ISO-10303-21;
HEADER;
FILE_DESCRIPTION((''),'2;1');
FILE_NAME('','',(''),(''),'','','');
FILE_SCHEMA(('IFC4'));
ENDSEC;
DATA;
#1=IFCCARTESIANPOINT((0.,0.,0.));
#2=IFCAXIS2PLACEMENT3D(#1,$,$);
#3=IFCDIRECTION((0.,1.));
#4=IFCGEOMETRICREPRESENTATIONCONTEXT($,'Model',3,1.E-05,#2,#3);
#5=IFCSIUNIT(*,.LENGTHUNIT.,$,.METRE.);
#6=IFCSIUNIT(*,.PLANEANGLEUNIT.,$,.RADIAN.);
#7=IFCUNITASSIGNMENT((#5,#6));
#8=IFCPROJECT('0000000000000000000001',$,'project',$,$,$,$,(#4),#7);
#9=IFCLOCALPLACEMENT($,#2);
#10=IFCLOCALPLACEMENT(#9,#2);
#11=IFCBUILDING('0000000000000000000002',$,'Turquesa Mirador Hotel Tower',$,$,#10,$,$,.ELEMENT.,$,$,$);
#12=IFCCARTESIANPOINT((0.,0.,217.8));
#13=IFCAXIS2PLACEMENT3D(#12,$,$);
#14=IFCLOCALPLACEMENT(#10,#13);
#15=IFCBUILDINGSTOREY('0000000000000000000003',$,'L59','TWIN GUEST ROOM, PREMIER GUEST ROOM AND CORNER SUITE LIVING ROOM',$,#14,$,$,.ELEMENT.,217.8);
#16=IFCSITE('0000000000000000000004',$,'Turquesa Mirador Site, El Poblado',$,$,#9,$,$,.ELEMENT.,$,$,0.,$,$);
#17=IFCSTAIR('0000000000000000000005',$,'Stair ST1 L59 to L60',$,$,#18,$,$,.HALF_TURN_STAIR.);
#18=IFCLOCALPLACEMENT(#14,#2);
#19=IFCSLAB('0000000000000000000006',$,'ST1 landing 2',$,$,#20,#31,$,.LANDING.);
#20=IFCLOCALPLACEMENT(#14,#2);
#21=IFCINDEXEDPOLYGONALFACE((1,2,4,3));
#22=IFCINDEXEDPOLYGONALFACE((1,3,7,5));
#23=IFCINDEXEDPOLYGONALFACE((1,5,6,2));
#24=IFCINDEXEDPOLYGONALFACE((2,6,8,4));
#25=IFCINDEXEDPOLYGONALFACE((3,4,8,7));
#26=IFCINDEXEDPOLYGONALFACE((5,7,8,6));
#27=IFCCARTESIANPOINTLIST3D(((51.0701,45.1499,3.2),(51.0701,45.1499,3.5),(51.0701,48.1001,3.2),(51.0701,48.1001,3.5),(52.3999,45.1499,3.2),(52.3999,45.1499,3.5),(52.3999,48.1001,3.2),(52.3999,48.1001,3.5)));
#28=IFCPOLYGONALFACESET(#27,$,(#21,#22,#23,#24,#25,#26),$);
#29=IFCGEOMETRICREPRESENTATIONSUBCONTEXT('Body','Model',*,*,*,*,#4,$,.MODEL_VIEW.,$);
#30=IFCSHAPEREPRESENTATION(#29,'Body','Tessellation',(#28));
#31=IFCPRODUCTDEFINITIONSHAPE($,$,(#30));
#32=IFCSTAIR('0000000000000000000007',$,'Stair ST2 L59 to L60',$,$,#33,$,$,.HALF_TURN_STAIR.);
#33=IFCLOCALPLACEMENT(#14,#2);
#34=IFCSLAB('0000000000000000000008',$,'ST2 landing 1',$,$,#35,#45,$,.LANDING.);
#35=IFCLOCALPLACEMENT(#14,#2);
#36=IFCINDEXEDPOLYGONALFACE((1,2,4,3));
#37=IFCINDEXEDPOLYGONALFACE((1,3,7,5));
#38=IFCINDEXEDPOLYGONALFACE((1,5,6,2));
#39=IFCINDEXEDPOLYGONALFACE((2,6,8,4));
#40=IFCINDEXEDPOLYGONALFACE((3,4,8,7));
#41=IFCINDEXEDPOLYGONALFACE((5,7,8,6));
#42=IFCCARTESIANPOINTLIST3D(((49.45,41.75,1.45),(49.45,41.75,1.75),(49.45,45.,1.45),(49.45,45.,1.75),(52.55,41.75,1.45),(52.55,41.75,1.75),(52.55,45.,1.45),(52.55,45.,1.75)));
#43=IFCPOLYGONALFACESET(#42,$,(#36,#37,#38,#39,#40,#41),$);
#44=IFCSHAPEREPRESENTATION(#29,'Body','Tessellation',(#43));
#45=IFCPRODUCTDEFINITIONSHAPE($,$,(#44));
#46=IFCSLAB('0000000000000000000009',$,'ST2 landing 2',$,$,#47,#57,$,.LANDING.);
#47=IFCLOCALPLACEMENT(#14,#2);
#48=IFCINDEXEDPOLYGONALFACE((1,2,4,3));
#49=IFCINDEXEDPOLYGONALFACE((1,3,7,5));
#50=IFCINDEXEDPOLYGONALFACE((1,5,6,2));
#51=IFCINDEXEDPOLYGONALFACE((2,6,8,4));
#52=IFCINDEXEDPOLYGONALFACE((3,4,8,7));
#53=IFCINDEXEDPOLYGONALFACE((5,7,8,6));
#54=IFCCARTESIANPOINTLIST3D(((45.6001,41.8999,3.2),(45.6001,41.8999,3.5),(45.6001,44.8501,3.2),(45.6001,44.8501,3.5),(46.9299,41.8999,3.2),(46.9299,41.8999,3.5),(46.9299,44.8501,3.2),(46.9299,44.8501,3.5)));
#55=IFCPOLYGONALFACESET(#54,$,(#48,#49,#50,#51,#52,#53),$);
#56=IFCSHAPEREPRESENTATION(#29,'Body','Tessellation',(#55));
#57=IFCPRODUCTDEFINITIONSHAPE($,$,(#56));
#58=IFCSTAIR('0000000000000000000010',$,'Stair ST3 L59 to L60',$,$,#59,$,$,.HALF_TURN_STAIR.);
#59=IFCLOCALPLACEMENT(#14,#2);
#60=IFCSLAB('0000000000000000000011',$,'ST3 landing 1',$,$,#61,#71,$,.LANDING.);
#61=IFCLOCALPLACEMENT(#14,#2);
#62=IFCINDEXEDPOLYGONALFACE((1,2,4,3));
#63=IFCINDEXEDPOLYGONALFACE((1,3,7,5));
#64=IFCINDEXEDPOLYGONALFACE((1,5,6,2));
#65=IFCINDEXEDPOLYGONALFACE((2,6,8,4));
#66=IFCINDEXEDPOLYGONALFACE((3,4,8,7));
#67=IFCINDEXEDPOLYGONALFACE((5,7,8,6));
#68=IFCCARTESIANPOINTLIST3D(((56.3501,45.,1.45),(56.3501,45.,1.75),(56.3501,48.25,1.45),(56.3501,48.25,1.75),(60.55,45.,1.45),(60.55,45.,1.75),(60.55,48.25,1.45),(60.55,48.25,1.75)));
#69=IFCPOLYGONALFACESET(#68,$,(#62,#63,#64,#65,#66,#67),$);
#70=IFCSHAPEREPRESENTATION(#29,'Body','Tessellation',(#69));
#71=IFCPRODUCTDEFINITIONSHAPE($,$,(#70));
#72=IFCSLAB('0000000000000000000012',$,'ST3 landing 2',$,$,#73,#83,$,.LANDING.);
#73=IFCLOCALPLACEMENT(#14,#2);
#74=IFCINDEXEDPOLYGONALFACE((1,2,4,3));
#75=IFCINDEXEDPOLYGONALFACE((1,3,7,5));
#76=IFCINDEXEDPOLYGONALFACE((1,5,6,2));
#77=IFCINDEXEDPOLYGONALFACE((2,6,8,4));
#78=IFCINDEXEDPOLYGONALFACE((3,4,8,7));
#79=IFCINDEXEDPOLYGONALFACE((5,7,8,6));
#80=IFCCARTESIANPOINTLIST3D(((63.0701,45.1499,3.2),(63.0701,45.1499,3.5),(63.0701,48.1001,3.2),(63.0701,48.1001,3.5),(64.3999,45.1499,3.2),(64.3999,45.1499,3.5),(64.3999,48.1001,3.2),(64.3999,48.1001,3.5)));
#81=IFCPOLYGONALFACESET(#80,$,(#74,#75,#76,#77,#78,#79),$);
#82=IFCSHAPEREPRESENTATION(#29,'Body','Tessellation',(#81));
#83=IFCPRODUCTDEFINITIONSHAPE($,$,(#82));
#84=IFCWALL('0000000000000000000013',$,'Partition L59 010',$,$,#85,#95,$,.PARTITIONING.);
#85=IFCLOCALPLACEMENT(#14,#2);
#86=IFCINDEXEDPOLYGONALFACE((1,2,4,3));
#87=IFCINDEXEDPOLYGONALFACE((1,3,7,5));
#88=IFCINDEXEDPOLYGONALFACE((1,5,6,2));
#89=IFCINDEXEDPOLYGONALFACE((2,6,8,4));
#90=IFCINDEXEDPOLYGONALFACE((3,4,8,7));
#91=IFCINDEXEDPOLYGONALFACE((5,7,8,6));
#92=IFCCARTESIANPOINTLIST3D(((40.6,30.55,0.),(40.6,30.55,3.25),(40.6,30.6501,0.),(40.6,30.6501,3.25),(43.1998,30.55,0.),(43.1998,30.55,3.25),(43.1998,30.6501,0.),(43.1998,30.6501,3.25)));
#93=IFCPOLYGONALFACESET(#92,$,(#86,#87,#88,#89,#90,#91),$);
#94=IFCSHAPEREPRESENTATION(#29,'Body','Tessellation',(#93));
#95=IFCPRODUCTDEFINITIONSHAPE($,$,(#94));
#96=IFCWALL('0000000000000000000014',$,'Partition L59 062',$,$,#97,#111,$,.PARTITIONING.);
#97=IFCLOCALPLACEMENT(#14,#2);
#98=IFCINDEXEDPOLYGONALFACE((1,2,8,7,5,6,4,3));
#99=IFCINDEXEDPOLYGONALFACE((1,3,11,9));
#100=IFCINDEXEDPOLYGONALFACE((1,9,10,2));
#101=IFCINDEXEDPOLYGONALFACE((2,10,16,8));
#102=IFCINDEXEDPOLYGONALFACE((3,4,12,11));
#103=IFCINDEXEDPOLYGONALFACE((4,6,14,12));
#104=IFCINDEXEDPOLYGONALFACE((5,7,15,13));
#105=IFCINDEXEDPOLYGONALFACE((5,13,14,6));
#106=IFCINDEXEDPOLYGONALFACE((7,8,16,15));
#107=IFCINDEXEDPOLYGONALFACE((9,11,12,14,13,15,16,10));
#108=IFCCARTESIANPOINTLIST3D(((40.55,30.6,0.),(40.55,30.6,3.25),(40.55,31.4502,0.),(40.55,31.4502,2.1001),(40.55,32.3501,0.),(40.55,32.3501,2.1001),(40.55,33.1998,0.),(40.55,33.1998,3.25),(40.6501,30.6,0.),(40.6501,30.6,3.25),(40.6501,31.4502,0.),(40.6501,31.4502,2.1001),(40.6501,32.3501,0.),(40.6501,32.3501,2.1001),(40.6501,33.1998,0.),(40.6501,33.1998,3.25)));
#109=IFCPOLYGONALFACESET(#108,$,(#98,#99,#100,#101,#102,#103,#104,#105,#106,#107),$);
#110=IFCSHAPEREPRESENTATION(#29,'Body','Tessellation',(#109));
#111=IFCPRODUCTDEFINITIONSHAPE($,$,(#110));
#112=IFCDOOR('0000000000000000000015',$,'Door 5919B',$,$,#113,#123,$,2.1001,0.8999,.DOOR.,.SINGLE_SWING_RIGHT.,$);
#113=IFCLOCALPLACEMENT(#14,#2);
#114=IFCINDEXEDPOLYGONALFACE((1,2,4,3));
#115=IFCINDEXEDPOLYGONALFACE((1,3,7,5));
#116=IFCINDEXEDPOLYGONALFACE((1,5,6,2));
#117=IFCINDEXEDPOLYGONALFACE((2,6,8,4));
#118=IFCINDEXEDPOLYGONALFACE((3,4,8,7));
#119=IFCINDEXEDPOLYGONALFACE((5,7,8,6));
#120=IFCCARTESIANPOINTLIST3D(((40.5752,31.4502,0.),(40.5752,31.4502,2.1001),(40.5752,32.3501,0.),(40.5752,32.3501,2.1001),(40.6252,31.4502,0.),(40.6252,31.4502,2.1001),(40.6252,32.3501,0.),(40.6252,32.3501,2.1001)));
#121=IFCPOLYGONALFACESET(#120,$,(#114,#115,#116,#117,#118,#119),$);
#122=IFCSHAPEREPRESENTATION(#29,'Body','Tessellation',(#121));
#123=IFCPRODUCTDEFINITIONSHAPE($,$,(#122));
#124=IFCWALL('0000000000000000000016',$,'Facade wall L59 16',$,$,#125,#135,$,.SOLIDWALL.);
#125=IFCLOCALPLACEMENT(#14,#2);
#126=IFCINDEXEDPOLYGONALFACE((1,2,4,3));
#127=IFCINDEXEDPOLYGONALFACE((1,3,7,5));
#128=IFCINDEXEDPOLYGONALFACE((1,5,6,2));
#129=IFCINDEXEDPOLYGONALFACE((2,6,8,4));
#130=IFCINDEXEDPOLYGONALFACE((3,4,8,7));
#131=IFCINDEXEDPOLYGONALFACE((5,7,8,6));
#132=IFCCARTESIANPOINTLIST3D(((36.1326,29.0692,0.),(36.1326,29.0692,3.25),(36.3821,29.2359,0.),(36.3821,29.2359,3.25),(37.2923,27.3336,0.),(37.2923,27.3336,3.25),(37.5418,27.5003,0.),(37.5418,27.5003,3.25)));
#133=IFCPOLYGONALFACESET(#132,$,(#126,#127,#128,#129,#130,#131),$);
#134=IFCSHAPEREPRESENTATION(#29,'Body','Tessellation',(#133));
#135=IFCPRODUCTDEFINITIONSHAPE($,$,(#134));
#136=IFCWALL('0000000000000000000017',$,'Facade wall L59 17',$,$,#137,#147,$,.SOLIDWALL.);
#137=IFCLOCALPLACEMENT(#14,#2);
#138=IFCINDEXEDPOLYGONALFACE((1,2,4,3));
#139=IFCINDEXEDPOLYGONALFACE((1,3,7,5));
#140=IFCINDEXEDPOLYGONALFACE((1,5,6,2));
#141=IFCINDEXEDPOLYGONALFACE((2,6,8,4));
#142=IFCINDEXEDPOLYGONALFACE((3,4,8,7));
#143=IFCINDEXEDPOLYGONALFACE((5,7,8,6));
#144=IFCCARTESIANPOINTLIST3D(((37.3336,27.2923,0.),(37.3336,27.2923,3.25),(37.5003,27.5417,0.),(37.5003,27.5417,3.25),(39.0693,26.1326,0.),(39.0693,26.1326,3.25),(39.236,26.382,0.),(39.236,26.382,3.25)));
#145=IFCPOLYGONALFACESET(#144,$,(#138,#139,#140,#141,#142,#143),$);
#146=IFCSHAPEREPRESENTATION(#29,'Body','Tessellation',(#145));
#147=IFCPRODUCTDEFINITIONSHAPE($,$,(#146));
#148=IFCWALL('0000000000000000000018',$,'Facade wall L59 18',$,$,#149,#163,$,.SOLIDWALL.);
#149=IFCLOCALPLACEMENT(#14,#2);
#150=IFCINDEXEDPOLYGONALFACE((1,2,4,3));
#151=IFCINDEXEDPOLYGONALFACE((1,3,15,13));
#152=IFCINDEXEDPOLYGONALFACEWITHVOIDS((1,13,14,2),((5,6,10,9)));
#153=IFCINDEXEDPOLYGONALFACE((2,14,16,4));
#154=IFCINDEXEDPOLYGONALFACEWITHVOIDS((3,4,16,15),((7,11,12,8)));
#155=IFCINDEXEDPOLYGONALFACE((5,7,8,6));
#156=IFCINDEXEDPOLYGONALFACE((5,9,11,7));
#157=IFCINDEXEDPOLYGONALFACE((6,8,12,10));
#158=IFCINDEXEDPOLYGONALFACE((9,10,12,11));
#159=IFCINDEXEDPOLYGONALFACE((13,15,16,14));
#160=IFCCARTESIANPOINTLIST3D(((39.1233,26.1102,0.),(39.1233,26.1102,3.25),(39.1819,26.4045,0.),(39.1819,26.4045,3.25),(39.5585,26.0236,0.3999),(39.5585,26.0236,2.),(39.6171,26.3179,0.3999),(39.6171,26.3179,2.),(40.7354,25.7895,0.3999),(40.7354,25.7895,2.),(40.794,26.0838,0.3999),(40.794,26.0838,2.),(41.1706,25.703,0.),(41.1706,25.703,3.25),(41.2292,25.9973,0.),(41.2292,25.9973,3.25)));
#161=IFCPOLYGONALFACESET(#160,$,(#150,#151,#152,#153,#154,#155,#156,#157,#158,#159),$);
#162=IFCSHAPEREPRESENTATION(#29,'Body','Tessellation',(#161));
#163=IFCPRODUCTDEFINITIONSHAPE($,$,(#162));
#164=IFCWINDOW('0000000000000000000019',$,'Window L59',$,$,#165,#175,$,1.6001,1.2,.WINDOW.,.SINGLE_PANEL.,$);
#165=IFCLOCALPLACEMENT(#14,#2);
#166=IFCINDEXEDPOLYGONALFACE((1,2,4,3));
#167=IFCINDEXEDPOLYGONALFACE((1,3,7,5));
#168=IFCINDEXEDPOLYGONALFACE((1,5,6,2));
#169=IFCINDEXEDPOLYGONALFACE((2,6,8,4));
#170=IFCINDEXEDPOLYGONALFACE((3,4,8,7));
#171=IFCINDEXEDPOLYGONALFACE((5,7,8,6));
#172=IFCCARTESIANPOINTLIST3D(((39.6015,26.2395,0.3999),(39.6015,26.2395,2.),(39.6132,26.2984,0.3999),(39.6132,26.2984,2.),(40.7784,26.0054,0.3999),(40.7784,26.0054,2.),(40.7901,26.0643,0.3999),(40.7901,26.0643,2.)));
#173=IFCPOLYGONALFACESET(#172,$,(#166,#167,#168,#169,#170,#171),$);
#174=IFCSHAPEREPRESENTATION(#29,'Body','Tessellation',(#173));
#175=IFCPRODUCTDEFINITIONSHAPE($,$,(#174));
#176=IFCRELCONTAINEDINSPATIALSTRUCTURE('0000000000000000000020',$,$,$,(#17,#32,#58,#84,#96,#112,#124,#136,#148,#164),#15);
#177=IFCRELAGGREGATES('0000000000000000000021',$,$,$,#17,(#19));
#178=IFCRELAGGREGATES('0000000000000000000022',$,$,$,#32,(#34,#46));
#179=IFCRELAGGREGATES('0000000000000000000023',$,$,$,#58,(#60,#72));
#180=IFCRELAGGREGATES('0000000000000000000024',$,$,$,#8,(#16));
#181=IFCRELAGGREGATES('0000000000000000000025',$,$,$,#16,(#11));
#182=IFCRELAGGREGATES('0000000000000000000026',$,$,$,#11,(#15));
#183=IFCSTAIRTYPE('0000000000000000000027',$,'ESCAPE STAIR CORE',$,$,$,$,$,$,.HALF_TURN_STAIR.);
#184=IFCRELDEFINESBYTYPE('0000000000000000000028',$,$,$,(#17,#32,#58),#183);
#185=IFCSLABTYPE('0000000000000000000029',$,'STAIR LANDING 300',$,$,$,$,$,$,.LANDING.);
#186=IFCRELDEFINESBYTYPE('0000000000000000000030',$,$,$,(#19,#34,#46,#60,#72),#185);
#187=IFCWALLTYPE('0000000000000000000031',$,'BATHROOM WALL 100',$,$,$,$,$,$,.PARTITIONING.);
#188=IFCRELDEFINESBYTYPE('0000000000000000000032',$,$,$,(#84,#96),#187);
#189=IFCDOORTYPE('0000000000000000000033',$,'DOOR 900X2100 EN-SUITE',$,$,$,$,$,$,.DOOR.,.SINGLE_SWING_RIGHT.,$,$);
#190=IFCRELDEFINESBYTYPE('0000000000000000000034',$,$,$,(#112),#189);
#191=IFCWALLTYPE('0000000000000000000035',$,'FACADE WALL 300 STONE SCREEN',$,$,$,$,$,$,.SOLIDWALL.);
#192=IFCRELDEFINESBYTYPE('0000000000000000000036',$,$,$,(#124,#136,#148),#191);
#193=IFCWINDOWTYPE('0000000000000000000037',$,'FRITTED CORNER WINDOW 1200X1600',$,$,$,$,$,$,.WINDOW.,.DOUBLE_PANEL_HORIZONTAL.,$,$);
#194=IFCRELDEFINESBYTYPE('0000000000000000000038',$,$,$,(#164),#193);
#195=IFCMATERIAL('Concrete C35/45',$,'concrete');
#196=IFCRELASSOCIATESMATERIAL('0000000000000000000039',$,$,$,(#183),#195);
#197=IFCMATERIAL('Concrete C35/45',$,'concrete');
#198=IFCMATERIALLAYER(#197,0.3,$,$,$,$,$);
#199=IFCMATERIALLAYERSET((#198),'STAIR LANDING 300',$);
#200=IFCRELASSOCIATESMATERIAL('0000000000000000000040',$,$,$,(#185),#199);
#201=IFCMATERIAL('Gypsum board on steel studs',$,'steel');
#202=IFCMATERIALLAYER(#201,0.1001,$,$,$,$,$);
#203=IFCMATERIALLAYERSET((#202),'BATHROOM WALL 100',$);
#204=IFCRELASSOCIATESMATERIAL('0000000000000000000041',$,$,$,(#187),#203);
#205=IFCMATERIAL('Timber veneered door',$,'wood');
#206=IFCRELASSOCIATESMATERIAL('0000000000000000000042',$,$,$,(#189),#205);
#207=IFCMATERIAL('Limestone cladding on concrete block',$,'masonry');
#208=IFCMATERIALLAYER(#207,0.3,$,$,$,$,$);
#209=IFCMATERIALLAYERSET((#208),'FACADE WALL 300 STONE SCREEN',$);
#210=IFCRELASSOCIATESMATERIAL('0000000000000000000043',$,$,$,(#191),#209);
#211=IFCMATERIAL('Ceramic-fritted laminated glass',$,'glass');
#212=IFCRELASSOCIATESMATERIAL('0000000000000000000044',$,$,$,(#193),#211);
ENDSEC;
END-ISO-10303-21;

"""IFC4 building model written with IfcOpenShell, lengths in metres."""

from ifc_helpers import new_model, si_unit, direction, frame, frame_2d, origin, place, context, subcontext, project, spatial, polyline, rectangle, outline, extrude, material, layer, layer_set, type_object, element, fill, aggregate, save


model = new_model("IFC4")

# Units and contexts
model_context = context("Model", 3, precision=1e-05, world=origin(), true_north=direction((0.0, 1.0)))
body_context = subcontext(model_context, "Body", "Model", "MODEL_VIEW")
ifc_project = project(units=[si_unit("LENGTHUNIT", "METRE"), si_unit("PLANEANGLEUNIT", "RADIAN")], contexts=[model_context])

# Site, building, storey
site_placement = place(None, origin())
site = spatial("IfcSite", under=ifc_project, at=site_placement, Name="Turquesa Mirador Site, El Poblado", CompositionType="ELEMENT", RefElevation=0.0)
building_placement = place(site_placement, origin())
building = spatial("IfcBuilding", under=site, at=building_placement, Name="Turquesa Mirador Hotel Tower", CompositionType="ELEMENT")
storey_placement = place(building_placement, frame((0.0, 0.0, 217.8)))
storey = spatial("IfcBuildingStorey", under=building, at=storey_placement, Name="L59", Description="TWIN GUEST ROOM, PREMIER GUEST ROOM AND CORNER SUITE LIVING ROOM", CompositionType="ELEMENT", Elevation=217.8)

# Stairs, slabs
ifc_material_1 = material(Name="Concrete C35/45", Category="concrete")
stair_type = type_object("IfcStairType", Name="ESCAPE STAIR CORE", PredefinedType="HALF_TURN_STAIR", material=ifc_material_1)
stair_1_placement = place(storey_placement, origin())
stair_1 = element("IfcStair", 1, at=stair_1_placement, inside=storey, type_object=stair_type, Name="Stair ST1 L59 to L60", PredefinedType="HALF_TURN_STAIR")
ifc_material_2 = material(Name="Concrete C35/45", Category="concrete")
ifc_layer_1 = layer(ifc_material_2, 0.3)
ifc_layer_set_1 = layer_set([ifc_layer_1], Name="STAIR LANDING 300")
slab_type_1 = type_object("IfcSlabType", Name="STAIR LANDING 300", PredefinedType="LANDING", material=ifc_layer_set_1)
slab_1_placement = place(storey_placement, frame((0.0, 0.0, 3.2)))
slab_1 = element("IfcSlab", 2, at=slab_1_placement, type_object=slab_type_1, Name="ST1 landing 2", PredefinedType="LANDING", context=body_context, shape_type="SweptSolid", body=[
    extrude(outline(polyline([(51.0701, 45.1499), (52.3999, 45.1499), (52.3999, 48.1001), (51.0701, 48.1001), (51.0701, 45.1499)])), origin(), (0.0, 0.0, 1.0), 0.3),
])
aggregate(stair_1, [slab_1])
stair_2_placement = place(storey_placement, origin())
stair_2 = element("IfcStair", 3, at=stair_2_placement, inside=storey, type_object=stair_type, Name="Stair ST2 L59 to L60", PredefinedType="HALF_TURN_STAIR")
slab_2_placement = place(storey_placement, frame((0.0, 0.0, 1.45)))
slab_2 = element("IfcSlab", 4, at=slab_2_placement, type_object=slab_type_1, Name="ST2 landing 1", PredefinedType="LANDING", context=body_context, shape_type="SweptSolid", body=[
    extrude(outline(polyline([(52.55, 45.0), (49.45, 45.0), (49.45, 41.75), (52.55, 41.75), (52.55, 45.0)])), origin(), (0.0, 0.0, 1.0), 0.3),
])
slab_3_placement = place(storey_placement, frame((0.0, 0.0, 3.2)))
slab_3 = element("IfcSlab", 5, at=slab_3_placement, type_object=slab_type_1, Name="ST2 landing 2", PredefinedType="LANDING", context=body_context, shape_type="SweptSolid", body=[
    extrude(outline(polyline([(46.9299, 44.8501), (45.6001, 44.8501), (45.6001, 41.8999), (46.9299, 41.8999), (46.9299, 44.8501)])), origin(), (0.0, 0.0, 1.0), 0.3),
])
aggregate(stair_2, [slab_2, slab_3])
stair_3_placement = place(storey_placement, origin())
stair_3 = element("IfcStair", 6, at=stair_3_placement, inside=storey, type_object=stair_type, Name="Stair ST3 L59 to L60", PredefinedType="HALF_TURN_STAIR")
slab_4_placement = place(storey_placement, frame((0.0, 0.0, 1.45)))
slab_4 = element("IfcSlab", 7, at=slab_4_placement, type_object=slab_type_1, Name="ST3 landing 1", PredefinedType="LANDING", context=body_context, shape_type="SweptSolid", body=[
    extrude(outline(polyline([(56.3501, 45.0), (60.55, 45.0), (60.55, 48.25), (56.3501, 48.25), (56.3501, 45.0)])), origin(), (0.0, 0.0, 1.0), 0.3),
])
slab_5_placement = place(storey_placement, frame((0.0, 0.0, 3.2)))
slab_5 = element("IfcSlab", 8, at=slab_5_placement, type_object=slab_type_1, Name="ST3 landing 2", PredefinedType="LANDING", context=body_context, shape_type="SweptSolid", body=[
    extrude(outline(polyline([(63.0701, 45.1499), (64.3999, 45.1499), (64.3999, 48.1001), (63.0701, 48.1001), (63.0701, 45.1499)])), origin(), (0.0, 0.0, 1.0), 0.3),
])
aggregate(stair_3, [slab_4, slab_5])

# Wall
ifc_material_3 = material(Name="Gypsum board on steel studs", Category="steel")
ifc_layer_2 = layer(ifc_material_3, 0.1001)
ifc_layer_set_2 = layer_set([ifc_layer_2], Name="BATHROOM WALL 100")
wall_type_1 = type_object("IfcWallType", Name="BATHROOM WALL 100", PredefinedType="PARTITIONING", material=ifc_layer_set_2)
wall_1_placement = place(storey_placement, frame((40.6001, 30.6001, 0.0), z_axis=(0.0, 0.0, 1.0), x_axis=(1.0, 0.0, 0.0)))
element("IfcWall", 9, at=wall_1_placement, inside=storey, type_object=wall_type_1, Name="Partition L59 010", PredefinedType="PARTITIONING", context=body_context, shape_type="SweptSolid", body=[
    extrude(rectangle(XDim=2.5999, YDim=0.1001, at=frame_2d((1.2998, 0.0))), origin(), (0.0, 0.0, 1.0), 3.25),
])

# Wall, opening, door
wall_2_placement = place(storey_placement, frame((40.6001, 30.6001, 0.0), z_axis=(0.0, 0.0, 1.0), x_axis=(0.0, 1.0, 0.0)))
wall_2 = element("IfcWall", 10, at=wall_2_placement, inside=storey, type_object=wall_type_1, Name="Partition L59 062", PredefinedType="PARTITIONING", context=body_context, shape_type="SweptSolid", body=[
    extrude(rectangle(XDim=2.5999, YDim=0.1001, at=frame_2d((1.2998, 0.0))), origin(), (0.0, 0.0, 1.0), 3.25),
])
opening_1_placement = place(wall_2_placement, frame((0.8501, 0.0, 0.0)))
opening_1 = element("IfcOpeningElement", 11, at=opening_1_placement, cuts=wall_2, PredefinedType="OPENING", context=body_context, shape_type="SweptSolid", body=[
    extrude(rectangle(XDim=0.8999, YDim=2.1001, at=frame_2d((0.45, 1.05))), frame((0.0, 0.0601, 0.0), z_axis=(0.0, -1.0, 0.0), x_axis=(1.0, 0.0, 0.0)), (0.0, 0.0, 1.0), 0.1201),
])
ifc_material_4 = material(Name="Timber veneered door", Category="wood")
door_type = type_object("IfcDoorType", Name="DOOR 900X2100 EN-SUITE", OperationType="SINGLE_SWING_RIGHT", PredefinedType="DOOR", material=ifc_material_4)
door_placement = place(opening_1_placement, origin())
door = element("IfcDoor", 12, at=door_placement, inside=storey, type_object=door_type, Name="Door 5919B", OperationType="SINGLE_SWING_RIGHT", OverallHeight=2.1001, OverallWidth=0.8999, PredefinedType="DOOR", context=body_context, shape_type="SweptSolid", body=[
    extrude(rectangle(XDim=0.8999, YDim=2.1001, at=frame_2d((0.45, 1.05))), frame((0.0, 0.0249, 0.0), z_axis=(0.0, -1.0, 0.0), x_axis=(1.0, 0.0, 0.0)), (0.0, 0.0, 1.0), 0.05),
])
fill(opening_1, door)

# Walls
ifc_material_5 = material(Name="Limestone cladding on concrete block", Category="masonry")
ifc_layer_3 = layer(ifc_material_5, 0.3)
ifc_layer_set_3 = layer_set([ifc_layer_3], Name="FACADE WALL 300 STONE SCREEN")
wall_type_2 = type_object("IfcWallType", Name="FACADE WALL 300 STONE SCREEN", PredefinedType="SOLIDWALL", material=ifc_layer_set_3)
for number, where, z_axis, x_axis, name in (
    (13, (36.2573, 29.1526, 0.0), (0.0, 0.0, 1.0), (0.555564, -0.831474, 0.0), "Facade wall L59 16"),
    (14, (37.417, 27.417, 0.0), (0.0, 0.0, 1.0), (0.831474, -0.555564, 0.0), "Facade wall L59 17"),
):
    element("IfcWall", number, at=place(storey_placement, frame(where, z_axis=z_axis, x_axis=x_axis)), inside=storey, type_object=wall_type_2, Name=name, PredefinedType="SOLIDWALL", context=body_context, shape_type="SweptSolid", body=[
        extrude(rectangle(XDim=2.0874, YDim=0.3, at=frame_2d((1.0437, 0.0))), origin(), (0.0, 0.0, 1.0), 3.25),
    ])

# Wall, opening, window
wall_3_placement = place(storey_placement, frame((39.1526, 26.2573, 0.0), z_axis=(0.0, 0.0, 1.0), x_axis=(0.980787, -0.195081, 0.0)))
wall_3 = element("IfcWall", 15, at=wall_3_placement, inside=storey, type_object=wall_type_2, Name="Facade wall L59 18", PredefinedType="SOLIDWALL", context=body_context, shape_type="SweptSolid", body=[
    extrude(rectangle(XDim=2.0874, YDim=0.3, at=frame_2d((1.0437, 0.0))), origin(), (0.0, 0.0, 1.0), 3.25),
])
opening_2_placement = place(wall_3_placement, frame((0.4436, 0.0, 0.3999)))
opening_2 = element("IfcOpeningElement", 16, at=opening_2_placement, cuts=wall_3, PredefinedType="OPENING", context=body_context, shape_type="SweptSolid", body=[
    extrude(rectangle(XDim=1.2, YDim=1.6001, at=frame_2d((0.6001, 0.8))), frame((0.0, 0.1599, 0.0), z_axis=(0.0, -1.0, 0.0), x_axis=(1.0, 0.0, 0.0)), (0.0, 0.0, 1.0), 0.3201),
])
ifc_material_6 = material(Name="Ceramic-fritted laminated glass", Category="glass")
window_type_1 = type_object("IfcWindowType", Name="FRITTED CORNER WINDOW 1200X1600", PartitioningType="DOUBLE_PANEL_HORIZONTAL", PredefinedType="WINDOW", material=ifc_material_6)
window_1_placement = place(opening_2_placement, origin())
window_1 = element("IfcWindow", 17, at=window_1_placement, inside=storey, type_object=window_type_1, Name="Window L59", OverallHeight=1.6001, OverallWidth=1.2, PartitioningType="SINGLE_PANEL", PredefinedType="WINDOW", context=body_context, shape_type="SweptSolid", body=[
    extrude(rectangle(XDim=1.2, YDim=1.6001, at=frame_2d((0.6001, 0.8))), frame((0.0, 0.1301, 0.0), z_axis=(0.0, -1.0, 0.0), x_axis=(1.0, 0.0, 0.0)), (0.0, 0.0, 1.0), 0.0601),
])
fill(opening_2, window_1)

save(model, "model.ifc")
